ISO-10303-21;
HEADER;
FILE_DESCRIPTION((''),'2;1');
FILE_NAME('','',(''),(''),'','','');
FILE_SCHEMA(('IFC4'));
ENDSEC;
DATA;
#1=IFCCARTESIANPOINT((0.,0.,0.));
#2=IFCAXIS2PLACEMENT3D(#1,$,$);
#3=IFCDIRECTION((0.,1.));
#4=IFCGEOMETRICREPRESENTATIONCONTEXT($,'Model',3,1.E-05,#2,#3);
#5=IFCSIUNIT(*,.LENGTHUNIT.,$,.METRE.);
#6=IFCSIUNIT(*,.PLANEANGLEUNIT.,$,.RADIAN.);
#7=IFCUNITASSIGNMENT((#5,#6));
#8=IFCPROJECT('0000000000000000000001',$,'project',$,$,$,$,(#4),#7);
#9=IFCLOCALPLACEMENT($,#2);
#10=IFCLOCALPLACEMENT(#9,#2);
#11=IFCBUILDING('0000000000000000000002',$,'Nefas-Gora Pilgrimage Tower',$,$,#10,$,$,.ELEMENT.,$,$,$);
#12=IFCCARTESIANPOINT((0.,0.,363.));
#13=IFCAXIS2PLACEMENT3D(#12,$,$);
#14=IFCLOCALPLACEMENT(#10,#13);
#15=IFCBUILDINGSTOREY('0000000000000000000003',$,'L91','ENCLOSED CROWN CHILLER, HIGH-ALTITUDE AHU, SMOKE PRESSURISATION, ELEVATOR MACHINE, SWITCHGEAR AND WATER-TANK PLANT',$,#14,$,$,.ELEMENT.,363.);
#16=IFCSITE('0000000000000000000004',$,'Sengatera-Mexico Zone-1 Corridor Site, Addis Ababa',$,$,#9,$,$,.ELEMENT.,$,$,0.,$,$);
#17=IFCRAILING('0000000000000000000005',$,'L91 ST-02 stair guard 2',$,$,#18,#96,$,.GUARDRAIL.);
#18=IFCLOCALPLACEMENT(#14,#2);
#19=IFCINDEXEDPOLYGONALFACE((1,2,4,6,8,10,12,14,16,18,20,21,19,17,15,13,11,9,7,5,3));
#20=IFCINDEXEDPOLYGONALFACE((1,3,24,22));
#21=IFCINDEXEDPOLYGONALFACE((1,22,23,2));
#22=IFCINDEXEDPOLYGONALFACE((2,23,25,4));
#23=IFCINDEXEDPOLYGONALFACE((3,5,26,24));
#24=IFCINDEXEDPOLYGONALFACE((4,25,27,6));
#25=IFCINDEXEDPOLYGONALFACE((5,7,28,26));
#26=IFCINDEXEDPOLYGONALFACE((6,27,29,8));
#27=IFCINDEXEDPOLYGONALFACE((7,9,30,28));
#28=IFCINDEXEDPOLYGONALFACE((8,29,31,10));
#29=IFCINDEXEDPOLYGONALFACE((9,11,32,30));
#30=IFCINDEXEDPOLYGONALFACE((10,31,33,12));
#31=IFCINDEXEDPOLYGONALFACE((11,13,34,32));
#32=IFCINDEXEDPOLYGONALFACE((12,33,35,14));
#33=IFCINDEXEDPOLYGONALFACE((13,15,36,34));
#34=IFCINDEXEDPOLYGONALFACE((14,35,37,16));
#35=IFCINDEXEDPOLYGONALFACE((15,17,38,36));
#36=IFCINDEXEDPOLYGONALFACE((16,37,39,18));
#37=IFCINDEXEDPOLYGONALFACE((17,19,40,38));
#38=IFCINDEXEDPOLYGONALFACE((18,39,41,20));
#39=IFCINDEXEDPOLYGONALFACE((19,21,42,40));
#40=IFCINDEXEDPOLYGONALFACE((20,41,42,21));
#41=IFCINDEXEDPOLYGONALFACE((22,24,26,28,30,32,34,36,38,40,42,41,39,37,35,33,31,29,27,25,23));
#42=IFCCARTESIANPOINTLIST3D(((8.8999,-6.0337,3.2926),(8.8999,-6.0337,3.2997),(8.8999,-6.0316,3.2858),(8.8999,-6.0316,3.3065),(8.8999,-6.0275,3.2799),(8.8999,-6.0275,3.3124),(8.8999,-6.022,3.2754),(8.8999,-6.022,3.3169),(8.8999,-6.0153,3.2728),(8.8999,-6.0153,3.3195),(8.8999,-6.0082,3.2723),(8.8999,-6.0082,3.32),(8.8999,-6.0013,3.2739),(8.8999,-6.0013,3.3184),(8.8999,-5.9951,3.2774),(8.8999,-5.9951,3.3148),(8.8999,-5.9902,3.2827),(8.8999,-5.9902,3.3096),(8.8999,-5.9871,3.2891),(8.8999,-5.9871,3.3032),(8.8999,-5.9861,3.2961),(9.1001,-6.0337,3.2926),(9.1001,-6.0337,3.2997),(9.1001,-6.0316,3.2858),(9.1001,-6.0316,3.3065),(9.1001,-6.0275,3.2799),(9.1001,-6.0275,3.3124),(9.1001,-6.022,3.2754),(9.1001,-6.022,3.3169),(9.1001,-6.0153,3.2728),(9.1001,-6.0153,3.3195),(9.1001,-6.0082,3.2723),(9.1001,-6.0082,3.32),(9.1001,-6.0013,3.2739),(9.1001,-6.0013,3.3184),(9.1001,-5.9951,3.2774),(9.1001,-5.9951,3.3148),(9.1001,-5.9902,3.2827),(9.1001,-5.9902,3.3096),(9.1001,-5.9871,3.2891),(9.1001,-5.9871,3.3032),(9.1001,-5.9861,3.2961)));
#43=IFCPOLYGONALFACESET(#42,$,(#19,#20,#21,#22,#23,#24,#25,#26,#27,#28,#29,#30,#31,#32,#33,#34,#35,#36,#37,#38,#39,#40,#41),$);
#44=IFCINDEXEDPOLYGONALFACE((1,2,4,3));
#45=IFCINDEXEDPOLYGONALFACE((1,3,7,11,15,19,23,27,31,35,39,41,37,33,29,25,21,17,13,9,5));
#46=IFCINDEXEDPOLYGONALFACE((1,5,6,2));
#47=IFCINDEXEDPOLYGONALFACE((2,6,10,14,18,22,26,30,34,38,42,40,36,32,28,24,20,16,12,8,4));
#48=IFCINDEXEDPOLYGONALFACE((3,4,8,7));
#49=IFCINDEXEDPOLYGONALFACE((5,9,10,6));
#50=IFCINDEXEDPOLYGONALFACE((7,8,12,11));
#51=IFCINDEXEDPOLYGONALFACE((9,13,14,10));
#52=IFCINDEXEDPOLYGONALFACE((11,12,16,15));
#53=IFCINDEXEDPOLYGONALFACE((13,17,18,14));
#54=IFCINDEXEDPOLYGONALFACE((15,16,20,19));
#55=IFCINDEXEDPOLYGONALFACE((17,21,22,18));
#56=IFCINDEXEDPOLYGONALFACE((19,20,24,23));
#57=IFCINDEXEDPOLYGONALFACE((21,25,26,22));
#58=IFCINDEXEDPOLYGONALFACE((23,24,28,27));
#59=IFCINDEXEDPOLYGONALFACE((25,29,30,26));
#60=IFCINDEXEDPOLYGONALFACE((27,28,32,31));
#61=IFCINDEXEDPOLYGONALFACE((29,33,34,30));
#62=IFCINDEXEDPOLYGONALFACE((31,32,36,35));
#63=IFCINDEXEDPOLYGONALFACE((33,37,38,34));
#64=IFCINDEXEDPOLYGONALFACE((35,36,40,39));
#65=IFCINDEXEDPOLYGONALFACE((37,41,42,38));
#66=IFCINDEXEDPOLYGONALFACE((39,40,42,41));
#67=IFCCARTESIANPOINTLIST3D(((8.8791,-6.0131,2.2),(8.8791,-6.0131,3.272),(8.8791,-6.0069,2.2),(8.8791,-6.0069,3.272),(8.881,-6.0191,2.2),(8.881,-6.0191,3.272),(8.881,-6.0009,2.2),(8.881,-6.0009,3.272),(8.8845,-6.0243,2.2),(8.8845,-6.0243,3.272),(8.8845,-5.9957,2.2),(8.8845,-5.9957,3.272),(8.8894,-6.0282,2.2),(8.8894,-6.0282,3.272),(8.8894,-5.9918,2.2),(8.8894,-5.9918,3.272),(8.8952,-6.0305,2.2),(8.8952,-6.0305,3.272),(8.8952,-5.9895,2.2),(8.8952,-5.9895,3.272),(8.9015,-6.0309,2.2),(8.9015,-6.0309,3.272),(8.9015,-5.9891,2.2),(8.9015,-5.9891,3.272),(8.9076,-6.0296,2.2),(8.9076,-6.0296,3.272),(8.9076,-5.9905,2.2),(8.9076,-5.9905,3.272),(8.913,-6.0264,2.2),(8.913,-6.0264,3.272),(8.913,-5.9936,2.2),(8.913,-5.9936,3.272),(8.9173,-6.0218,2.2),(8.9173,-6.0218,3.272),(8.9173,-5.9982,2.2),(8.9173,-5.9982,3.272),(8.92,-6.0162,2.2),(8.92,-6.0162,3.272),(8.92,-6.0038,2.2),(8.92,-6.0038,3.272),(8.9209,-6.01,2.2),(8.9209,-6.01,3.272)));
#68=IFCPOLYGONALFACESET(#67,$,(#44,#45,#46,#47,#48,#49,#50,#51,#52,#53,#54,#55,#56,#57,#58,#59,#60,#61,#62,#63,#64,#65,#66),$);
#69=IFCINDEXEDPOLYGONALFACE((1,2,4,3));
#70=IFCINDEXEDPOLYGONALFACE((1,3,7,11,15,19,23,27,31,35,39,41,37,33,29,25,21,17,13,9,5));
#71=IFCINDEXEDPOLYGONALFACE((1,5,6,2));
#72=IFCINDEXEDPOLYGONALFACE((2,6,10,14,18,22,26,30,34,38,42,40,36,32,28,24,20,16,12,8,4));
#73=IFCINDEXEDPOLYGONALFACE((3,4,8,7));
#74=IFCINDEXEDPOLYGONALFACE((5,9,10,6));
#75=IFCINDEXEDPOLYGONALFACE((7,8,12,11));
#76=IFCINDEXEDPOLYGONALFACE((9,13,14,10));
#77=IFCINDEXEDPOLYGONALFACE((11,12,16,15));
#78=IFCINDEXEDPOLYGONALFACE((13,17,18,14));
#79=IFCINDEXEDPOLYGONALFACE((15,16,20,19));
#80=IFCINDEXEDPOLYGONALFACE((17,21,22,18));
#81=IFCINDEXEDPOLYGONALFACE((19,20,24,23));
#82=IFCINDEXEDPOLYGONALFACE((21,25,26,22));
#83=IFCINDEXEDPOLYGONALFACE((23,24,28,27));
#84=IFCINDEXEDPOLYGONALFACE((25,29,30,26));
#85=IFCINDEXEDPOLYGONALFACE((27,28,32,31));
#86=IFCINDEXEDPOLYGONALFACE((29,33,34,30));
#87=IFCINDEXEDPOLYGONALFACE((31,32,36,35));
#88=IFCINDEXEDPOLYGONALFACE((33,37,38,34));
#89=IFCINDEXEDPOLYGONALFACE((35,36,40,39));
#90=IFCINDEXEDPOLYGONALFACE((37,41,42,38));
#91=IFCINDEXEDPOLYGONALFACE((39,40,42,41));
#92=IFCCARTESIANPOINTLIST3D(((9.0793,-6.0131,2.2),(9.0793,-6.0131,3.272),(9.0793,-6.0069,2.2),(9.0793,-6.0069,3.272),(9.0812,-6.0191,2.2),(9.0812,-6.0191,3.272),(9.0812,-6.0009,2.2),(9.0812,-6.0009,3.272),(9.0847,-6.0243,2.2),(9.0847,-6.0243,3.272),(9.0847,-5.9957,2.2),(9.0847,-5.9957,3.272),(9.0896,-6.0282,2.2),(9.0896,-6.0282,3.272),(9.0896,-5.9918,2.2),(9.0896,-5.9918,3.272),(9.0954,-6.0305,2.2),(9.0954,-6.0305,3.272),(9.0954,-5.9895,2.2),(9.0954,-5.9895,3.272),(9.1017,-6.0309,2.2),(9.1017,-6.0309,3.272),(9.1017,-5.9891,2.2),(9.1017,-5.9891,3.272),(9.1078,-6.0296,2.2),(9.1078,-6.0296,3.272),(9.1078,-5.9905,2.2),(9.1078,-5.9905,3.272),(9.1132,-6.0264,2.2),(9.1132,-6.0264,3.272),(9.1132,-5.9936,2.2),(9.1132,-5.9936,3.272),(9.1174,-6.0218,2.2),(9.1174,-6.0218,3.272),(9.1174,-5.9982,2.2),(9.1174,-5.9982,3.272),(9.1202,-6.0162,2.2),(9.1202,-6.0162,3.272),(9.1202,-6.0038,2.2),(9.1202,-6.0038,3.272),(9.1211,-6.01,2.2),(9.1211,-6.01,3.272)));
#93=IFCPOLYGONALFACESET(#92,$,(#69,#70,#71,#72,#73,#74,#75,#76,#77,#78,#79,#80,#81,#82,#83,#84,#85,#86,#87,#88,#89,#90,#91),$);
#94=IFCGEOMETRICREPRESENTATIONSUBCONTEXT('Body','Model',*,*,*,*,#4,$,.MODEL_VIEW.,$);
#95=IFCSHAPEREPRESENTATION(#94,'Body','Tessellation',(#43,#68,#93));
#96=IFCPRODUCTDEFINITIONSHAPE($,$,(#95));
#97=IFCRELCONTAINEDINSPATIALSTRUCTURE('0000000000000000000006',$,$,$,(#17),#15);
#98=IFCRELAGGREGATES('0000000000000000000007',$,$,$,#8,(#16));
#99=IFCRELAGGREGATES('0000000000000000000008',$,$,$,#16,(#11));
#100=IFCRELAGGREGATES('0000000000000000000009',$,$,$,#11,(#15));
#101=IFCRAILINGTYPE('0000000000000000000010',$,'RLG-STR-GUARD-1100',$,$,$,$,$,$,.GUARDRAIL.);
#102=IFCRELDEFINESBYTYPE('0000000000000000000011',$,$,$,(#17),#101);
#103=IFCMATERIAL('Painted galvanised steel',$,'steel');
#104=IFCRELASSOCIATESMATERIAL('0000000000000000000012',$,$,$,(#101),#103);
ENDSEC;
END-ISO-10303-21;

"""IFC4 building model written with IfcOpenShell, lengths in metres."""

from ifc_helpers import new_model, si_unit, direction, frame, origin, origin_2d, place, context, subcontext, project, spatial, circle, extrude, material, type_object, element, save


model = new_model("IFC4")

# Units and contexts
model_context = context("Model", 3, precision=1e-05, world=origin(), true_north=direction((0.0, 1.0)))
body_context = subcontext(model_context, "Body", "Model", "MODEL_VIEW")
ifc_project = project(units=[si_unit("LENGTHUNIT", "METRE"), si_unit("PLANEANGLEUNIT", "RADIAN")], contexts=[model_context])

# Site, building, storey
site_placement = place(None, origin())
site = spatial("IfcSite", under=ifc_project, at=site_placement, Name="Sengatera-Mexico Zone-1 Corridor Site, Addis Ababa", CompositionType="ELEMENT", RefElevation=0.0)
building_placement = place(site_placement, origin())
building = spatial("IfcBuilding", under=site, at=building_placement, Name="Nefas-Gora Pilgrimage Tower", CompositionType="ELEMENT")
storey_placement = place(building_placement, frame((0.0, 0.0, 363.0)))
storey = spatial("IfcBuildingStorey", under=building, at=storey_placement, Name="L91", Description="ENCLOSED CROWN CHILLER, HIGH-ALTITUDE AHU, SMOKE PRESSURISATION, ELEVATOR MACHINE, SWITCHGEAR AND WATER-TANK PLANT", CompositionType="ELEMENT", Elevation=363.0)

# Railing
ifc_material_1 = material(Name="Painted galvanised steel", Category="steel")
railing_type_1 = type_object("IfcRailingType", Name="RLG-STR-GUARD-1100", PredefinedType="GUARDRAIL", material=ifc_material_1)
railing_1_placement = place(storey_placement, frame((8.8999, -6.01, 2.2)))
element("IfcRailing", 1, at=railing_1_placement, inside=storey, type_object=railing_type_1, Name="L91 ST-02 stair guard 2", PredefinedType="GUARDRAIL", context=body_context, shape_type="SweptSolid", body=[
    extrude(circle(Radius=0.0239, at=origin_2d()), frame((0.0, 0.0, 1.0962), z_axis=(1.0, 0.0, 0.0), x_axis=(0.0, 1.0, 0.0)), (0.0, 0.0, 1.0), 0.2002),
    extrude(circle(Radius=0.021, at=origin_2d()), origin(), (0.0, 0.0, 1.0), 1.072),
    extrude(circle(Radius=0.021, at=origin_2d()), frame((0.2002, 0.0, 0.0)), (0.0, 0.0, 1.0), 1.072),
])

save(model, "model.ifc")
